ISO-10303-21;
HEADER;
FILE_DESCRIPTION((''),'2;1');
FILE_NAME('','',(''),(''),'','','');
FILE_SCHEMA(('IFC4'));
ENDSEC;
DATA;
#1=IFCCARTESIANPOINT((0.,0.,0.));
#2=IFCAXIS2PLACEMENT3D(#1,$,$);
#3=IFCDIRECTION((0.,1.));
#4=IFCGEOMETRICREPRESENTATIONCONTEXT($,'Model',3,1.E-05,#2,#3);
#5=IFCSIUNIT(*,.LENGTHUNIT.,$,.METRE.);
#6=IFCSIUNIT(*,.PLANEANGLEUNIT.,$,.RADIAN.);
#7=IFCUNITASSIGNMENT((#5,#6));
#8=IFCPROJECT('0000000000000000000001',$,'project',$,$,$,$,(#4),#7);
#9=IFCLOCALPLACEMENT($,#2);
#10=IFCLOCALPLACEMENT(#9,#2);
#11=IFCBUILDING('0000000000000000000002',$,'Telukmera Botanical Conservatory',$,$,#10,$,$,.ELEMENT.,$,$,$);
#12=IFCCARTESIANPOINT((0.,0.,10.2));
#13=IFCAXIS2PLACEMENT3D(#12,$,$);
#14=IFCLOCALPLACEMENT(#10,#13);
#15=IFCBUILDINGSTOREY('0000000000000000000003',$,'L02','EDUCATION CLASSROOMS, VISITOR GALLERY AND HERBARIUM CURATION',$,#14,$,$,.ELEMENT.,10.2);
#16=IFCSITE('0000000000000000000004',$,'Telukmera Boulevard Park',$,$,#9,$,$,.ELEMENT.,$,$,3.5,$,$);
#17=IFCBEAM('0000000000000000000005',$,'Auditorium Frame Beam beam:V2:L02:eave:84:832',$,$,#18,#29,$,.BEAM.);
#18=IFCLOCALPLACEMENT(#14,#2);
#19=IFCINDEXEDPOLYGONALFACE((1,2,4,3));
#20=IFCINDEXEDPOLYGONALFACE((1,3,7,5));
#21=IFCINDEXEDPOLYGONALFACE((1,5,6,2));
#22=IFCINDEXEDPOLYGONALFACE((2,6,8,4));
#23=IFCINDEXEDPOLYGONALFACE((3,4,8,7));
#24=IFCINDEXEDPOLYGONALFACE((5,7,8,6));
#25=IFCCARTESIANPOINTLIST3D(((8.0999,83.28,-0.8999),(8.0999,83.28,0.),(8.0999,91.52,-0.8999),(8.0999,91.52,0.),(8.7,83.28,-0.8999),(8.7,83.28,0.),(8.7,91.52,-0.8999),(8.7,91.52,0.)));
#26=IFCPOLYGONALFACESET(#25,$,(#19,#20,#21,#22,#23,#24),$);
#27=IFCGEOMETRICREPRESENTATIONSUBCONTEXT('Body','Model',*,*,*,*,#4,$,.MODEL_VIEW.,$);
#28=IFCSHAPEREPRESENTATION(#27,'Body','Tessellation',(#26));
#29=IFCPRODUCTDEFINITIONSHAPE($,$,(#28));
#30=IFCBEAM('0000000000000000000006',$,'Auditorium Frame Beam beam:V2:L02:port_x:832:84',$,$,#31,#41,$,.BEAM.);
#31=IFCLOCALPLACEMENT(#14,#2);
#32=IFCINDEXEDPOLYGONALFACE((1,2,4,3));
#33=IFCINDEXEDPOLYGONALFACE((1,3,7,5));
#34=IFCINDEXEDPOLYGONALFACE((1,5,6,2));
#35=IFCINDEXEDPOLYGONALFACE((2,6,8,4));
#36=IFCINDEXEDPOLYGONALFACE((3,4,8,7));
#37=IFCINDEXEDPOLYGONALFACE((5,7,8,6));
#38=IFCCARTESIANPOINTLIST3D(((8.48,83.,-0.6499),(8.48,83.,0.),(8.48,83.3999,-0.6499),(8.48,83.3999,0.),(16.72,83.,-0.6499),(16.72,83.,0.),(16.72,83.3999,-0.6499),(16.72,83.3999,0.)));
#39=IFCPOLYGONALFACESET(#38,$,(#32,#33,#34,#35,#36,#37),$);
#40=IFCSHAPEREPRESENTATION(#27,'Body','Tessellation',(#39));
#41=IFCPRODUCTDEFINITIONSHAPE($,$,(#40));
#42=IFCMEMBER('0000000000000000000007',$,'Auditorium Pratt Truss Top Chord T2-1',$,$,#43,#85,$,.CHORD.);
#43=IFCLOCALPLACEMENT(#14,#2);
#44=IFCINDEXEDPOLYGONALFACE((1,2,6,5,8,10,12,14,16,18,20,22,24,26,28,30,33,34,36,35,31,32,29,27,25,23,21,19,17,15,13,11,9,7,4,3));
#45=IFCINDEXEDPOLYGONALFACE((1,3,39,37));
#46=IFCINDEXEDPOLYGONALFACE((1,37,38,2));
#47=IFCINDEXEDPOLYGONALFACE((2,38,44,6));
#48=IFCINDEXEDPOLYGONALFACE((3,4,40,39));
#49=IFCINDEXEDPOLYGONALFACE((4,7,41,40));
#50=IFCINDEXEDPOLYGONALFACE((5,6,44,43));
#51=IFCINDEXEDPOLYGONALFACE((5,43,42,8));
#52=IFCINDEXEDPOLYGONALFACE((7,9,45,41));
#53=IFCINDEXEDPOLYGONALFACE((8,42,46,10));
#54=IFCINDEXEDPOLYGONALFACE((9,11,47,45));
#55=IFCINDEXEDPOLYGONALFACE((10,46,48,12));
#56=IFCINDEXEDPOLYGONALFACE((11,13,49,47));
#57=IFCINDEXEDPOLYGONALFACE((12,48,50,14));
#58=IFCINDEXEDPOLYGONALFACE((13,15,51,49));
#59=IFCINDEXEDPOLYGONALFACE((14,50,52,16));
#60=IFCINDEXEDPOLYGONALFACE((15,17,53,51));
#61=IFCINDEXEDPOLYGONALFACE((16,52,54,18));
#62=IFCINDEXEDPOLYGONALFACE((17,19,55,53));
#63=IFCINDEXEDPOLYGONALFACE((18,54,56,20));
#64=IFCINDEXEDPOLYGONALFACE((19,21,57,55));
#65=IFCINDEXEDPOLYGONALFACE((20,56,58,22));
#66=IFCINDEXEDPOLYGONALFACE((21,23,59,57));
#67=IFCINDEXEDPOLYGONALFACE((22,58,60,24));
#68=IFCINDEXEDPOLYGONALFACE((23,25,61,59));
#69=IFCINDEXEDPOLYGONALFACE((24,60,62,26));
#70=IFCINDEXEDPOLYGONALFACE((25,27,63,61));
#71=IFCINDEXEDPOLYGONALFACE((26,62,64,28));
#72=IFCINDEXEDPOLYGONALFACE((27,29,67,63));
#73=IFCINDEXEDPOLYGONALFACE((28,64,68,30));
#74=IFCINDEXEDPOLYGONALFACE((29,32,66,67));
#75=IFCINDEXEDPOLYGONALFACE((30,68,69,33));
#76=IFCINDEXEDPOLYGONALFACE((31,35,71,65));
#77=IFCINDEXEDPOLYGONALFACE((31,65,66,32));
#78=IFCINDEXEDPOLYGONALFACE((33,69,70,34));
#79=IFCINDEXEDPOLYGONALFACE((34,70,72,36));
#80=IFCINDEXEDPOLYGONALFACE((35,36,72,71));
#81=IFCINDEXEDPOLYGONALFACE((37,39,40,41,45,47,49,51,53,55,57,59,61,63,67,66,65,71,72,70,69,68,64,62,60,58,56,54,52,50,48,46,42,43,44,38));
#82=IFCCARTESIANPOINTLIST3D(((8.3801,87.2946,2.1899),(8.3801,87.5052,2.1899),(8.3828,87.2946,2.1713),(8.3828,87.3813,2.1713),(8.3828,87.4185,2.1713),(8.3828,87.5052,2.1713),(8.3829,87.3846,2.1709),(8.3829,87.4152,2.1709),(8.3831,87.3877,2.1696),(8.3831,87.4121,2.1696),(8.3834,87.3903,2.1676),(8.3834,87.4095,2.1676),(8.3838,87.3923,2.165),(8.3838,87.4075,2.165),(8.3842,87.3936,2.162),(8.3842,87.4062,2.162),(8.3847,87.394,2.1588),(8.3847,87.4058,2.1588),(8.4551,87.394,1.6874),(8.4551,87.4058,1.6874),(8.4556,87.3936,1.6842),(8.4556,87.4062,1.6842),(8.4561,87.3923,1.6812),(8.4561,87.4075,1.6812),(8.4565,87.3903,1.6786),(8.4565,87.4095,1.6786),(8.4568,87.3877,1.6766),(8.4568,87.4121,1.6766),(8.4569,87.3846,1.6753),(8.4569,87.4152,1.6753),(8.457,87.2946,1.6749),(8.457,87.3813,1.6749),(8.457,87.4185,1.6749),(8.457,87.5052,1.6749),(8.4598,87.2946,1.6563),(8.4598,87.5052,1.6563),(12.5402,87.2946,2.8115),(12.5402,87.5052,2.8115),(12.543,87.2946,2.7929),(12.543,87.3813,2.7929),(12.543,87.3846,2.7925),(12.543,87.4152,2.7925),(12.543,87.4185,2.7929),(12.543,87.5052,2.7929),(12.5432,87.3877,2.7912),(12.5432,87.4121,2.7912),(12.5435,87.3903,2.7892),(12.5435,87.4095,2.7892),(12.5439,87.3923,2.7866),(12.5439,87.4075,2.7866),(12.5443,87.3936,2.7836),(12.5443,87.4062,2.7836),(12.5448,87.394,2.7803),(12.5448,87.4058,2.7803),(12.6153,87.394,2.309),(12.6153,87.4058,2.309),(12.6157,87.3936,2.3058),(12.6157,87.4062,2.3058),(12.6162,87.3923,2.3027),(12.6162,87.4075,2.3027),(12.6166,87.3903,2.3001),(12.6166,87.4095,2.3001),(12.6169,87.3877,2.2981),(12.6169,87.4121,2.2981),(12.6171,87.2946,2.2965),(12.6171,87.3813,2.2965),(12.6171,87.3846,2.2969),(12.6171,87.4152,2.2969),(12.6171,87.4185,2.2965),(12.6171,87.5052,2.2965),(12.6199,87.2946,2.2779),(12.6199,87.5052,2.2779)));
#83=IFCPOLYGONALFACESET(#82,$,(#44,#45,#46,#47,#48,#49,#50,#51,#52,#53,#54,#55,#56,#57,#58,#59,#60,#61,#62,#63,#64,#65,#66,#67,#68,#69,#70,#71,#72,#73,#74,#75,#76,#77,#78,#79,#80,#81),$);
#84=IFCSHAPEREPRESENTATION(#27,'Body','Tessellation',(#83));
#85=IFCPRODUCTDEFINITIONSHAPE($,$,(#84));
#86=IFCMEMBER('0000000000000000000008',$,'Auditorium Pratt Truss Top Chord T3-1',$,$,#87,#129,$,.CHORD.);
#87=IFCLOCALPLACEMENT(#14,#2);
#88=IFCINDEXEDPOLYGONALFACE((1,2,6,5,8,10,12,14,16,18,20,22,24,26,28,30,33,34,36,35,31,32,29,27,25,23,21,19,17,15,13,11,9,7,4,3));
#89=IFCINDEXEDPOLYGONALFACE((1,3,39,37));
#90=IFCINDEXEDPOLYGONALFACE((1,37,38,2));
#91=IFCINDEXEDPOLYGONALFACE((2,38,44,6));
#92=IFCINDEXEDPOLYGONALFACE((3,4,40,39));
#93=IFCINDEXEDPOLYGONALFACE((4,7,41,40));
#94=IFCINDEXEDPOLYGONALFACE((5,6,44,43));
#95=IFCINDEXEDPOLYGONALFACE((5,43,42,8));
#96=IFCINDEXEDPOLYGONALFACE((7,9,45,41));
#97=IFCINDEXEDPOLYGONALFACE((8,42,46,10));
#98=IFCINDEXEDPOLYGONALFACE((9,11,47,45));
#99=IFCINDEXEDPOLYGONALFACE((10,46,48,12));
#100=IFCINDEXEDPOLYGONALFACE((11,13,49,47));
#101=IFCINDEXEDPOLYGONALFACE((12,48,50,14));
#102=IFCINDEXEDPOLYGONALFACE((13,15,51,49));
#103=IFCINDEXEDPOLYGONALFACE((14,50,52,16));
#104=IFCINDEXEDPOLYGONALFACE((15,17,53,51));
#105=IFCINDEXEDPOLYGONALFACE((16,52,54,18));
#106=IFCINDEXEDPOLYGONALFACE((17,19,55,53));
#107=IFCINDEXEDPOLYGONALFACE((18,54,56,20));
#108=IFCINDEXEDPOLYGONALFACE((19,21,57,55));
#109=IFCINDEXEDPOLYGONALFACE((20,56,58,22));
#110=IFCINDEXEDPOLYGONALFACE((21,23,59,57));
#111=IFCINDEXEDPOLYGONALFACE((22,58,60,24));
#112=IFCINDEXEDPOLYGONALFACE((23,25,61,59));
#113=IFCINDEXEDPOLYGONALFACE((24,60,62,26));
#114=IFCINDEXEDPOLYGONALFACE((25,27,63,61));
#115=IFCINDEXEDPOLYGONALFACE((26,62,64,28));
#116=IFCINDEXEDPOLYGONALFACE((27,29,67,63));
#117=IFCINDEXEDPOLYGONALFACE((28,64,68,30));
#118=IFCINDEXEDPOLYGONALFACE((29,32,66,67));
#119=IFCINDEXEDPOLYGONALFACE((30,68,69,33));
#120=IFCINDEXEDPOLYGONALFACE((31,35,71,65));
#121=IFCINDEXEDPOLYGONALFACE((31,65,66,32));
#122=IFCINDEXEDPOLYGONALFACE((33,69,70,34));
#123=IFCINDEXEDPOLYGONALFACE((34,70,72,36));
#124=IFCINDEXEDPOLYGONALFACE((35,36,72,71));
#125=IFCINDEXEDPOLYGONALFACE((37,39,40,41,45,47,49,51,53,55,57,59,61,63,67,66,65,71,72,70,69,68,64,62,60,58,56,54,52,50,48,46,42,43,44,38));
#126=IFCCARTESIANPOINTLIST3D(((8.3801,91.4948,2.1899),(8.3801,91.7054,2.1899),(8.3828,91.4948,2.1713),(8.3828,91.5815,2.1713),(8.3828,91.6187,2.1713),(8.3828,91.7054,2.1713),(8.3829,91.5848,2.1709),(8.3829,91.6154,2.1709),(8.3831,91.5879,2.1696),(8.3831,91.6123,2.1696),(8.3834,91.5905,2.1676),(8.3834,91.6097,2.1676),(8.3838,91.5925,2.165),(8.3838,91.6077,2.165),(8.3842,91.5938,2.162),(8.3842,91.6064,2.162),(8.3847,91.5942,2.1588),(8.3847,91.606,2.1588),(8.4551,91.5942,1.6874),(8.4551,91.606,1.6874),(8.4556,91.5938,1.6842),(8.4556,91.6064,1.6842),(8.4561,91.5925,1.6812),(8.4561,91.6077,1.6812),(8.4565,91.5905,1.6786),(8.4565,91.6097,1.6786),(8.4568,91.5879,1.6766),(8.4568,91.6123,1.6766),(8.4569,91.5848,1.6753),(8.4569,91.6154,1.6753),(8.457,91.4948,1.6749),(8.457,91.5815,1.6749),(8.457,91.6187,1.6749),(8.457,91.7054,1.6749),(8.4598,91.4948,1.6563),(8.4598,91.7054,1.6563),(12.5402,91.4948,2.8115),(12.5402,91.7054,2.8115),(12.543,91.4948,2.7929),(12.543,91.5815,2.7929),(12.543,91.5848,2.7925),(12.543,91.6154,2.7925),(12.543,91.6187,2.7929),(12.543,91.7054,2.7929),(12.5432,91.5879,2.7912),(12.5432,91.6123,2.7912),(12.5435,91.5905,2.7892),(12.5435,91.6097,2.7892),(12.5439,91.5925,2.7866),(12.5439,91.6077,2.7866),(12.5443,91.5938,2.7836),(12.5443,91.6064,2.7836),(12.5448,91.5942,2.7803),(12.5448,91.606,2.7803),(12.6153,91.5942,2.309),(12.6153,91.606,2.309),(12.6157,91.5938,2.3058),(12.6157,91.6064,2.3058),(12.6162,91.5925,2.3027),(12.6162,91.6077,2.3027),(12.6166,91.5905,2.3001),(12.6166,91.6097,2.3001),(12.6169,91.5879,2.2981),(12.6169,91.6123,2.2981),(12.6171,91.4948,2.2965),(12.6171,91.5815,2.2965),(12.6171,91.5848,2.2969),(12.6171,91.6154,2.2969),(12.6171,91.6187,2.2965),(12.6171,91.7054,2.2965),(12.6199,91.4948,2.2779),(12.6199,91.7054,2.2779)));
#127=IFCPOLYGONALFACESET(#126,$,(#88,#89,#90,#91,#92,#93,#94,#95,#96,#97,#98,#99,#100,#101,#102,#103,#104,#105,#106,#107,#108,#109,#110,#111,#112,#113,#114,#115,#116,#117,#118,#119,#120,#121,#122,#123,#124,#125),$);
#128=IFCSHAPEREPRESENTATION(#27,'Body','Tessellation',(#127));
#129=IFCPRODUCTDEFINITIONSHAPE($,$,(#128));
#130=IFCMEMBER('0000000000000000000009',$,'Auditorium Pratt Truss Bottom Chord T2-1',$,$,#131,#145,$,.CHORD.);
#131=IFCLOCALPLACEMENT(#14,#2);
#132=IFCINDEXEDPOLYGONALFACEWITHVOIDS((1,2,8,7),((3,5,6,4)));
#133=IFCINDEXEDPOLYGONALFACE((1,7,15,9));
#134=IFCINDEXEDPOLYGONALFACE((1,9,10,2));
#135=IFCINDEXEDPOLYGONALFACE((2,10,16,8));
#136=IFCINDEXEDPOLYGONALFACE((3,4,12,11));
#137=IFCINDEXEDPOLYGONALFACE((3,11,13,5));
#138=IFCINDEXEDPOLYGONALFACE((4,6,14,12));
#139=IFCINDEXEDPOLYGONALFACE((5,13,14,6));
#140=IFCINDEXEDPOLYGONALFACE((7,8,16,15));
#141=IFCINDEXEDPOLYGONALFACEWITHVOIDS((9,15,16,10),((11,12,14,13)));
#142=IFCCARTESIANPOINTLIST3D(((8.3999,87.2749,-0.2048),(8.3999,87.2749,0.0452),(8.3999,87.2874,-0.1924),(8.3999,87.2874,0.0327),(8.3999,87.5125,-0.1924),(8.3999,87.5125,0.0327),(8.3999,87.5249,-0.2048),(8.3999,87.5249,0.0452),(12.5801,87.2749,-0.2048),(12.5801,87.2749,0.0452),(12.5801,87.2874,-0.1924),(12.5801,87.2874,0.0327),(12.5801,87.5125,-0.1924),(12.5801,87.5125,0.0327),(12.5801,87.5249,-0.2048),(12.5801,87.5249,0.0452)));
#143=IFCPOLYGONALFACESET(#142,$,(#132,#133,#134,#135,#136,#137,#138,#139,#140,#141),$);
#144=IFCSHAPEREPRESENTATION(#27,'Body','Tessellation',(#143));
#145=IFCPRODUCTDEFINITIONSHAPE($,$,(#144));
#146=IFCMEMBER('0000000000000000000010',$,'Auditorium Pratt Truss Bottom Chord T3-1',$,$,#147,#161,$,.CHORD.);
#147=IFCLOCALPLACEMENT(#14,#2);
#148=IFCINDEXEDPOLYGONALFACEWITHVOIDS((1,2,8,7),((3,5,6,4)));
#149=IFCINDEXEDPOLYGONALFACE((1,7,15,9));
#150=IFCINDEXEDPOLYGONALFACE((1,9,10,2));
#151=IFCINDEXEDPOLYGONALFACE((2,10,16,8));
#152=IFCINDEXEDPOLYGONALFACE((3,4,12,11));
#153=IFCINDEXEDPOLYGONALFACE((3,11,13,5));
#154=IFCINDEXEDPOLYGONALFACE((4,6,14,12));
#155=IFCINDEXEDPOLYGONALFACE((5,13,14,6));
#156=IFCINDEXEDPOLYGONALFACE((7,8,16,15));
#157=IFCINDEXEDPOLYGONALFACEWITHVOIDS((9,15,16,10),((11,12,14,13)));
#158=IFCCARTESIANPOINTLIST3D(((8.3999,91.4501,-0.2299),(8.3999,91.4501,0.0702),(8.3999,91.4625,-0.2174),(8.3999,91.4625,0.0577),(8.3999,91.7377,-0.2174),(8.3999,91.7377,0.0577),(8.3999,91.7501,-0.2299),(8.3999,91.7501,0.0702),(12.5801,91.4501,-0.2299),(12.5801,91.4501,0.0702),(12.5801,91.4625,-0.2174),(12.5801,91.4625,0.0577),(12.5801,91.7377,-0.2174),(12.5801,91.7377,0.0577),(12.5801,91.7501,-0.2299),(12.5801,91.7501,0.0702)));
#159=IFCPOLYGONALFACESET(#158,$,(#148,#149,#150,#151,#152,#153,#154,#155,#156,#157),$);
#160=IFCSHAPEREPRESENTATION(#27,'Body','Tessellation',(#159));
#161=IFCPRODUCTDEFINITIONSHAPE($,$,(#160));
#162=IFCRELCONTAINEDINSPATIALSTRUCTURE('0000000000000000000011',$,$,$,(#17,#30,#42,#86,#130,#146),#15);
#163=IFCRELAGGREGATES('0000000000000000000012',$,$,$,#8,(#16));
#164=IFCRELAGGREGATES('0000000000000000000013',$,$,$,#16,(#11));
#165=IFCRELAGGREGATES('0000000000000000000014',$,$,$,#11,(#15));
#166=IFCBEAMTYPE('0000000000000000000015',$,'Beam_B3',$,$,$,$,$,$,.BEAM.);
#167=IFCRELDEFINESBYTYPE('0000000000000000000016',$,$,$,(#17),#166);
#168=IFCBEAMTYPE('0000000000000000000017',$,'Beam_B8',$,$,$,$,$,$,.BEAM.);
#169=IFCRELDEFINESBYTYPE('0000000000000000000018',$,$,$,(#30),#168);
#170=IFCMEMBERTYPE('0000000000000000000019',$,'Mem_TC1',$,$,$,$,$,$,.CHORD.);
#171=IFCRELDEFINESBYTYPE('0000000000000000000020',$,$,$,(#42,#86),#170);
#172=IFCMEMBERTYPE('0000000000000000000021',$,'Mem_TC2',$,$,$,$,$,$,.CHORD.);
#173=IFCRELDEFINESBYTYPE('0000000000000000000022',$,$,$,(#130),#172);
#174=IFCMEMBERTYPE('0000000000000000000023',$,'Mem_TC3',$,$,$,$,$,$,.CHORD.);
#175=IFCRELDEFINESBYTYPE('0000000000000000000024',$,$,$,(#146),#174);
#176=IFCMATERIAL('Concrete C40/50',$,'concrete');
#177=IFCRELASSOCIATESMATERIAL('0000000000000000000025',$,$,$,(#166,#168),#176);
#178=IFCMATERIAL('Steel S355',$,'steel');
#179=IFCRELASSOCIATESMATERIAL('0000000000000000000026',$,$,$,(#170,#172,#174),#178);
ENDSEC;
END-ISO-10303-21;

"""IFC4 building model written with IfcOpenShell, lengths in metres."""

from ifc_helpers import new_model, si_unit, direction, frame, origin, origin_2d, place, context, subcontext, project, spatial, rectangle, hollow_rectangle, i_section, extrude, material, material_profile, profile_set, type_object, element, save


model = new_model("IFC4")

# Units and contexts
model_context = context("Model", 3, precision=1e-05, world=origin(), true_north=direction((0.0, 1.0)))
body_context = subcontext(model_context, "Body", "Model", "MODEL_VIEW")
ifc_project = project(units=[si_unit("LENGTHUNIT", "METRE"), si_unit("PLANEANGLEUNIT", "RADIAN")], contexts=[model_context])

# Site, building, storey
site_placement = place(None, origin())
site = spatial("IfcSite", under=ifc_project, at=site_placement, Name="Telukmera Boulevard Park", CompositionType="ELEMENT", RefElevation=3.5)
building_placement = place(site_placement, origin())
building = spatial("IfcBuilding", under=site, at=building_placement, Name="Telukmera Botanical Conservatory", CompositionType="ELEMENT")
storey_placement = place(building_placement, frame((0.0, 0.0, 10.2)))
storey = spatial("IfcBuildingStorey", under=building, at=storey_placement, Name="L02", Description="EDUCATION CLASSROOMS, VISITOR GALLERY AND HERBARIUM CURATION", CompositionType="ELEMENT", Elevation=10.2)

# Beams
ifc_material_1 = material(Name="Concrete C40/50", Category="concrete")
ifc_material_profile_1 = material_profile(ifc_material_1, rectangle(XDim=0.6001, YDim=0.8999, at=origin_2d()), Name="RC 600x900")
ifc_profile_set_1 = profile_set([ifc_material_profile_1], Name="Concrete C40/50")
beam_type_1 = type_object("IfcBeamType", Name="Beam_B3", PredefinedType="BEAM", material=ifc_profile_set_1)
beam_1_placement = place(storey_placement, frame((8.3999, 83.28, -0.45), z_axis=(0.0, 1.0, 0.0), x_axis=(-1.0, 0.0, 0.0)))
element("IfcBeam", 1, at=beam_1_placement, inside=storey, type_object=beam_type_1, Name="Auditorium Frame Beam beam:V2:L02:eave:84:832", PredefinedType="BEAM", context=body_context, shape_type="SweptSolid", body=[
    extrude(rectangle(XDim=0.6001, YDim=0.8999, at=origin_2d()), origin(), (0.0, 0.0, 1.0), 8.24),
])
ifc_material_profile_2 = material_profile(ifc_material_1, rectangle(XDim=0.3999, YDim=0.6499, at=origin_2d()), Name="RC 400x650")
ifc_profile_set_2 = profile_set([ifc_material_profile_2], Name="Concrete C40/50")
beam_type_2 = type_object("IfcBeamType", Name="Beam_B8", PredefinedType="BEAM", material=ifc_profile_set_2)
beam_2_placement = place(storey_placement, frame((8.48, 83.2, -0.325), z_axis=(1.0, 0.0, 0.0), x_axis=(0.0, 1.0, 0.0)))
element("IfcBeam", 2, at=beam_2_placement, inside=storey, type_object=beam_type_2, Name="Auditorium Frame Beam beam:V2:L02:port_x:832:84", PredefinedType="BEAM", context=body_context, shape_type="SweptSolid", body=[
    extrude(rectangle(XDim=0.3999, YDim=0.6499, at=origin_2d()), origin(), (0.0, 0.0, 1.0), 8.24),
])

# Members
ifc_material_2 = material(Name="Steel S355", Category="steel")
ifc_material_profile_3 = material_profile(ifc_material_2, i_section(OverallWidth=0.2107, OverallDepth=0.5396, WebThickness=0.0117, FlangeThickness=0.0188, FilletRadius=0.0127, at=origin_2d()), Name="UB 533x210x109")
ifc_profile_set_3 = profile_set([ifc_material_profile_3], Name="Steel S355")
member_type_1 = type_object("IfcMemberType", Name="Mem_TC1", PredefinedType="CHORD", material=ifc_profile_set_3)
for number, where, z_axis, x_axis, name in (
    (3, (8.4199, 87.3999, 1.9231), (0.989021, 0.0, 0.147773), (0.0, 1.0, 0.0), "Auditorium Pratt Truss Top Chord T2-1"),
    (4, (8.4199, 91.6001, 1.9231), (0.989021, 0.0, 0.147773), (0.0, 1.0, 0.0), "Auditorium Pratt Truss Top Chord T3-1"),
):
    element("IfcMember", number, at=place(storey_placement, frame(where, z_axis=z_axis, x_axis=x_axis)), inside=storey, type_object=member_type_1, Name=name, PredefinedType="CHORD", context=body_context, shape_type="SweptSolid", body=[
        extrude(i_section(OverallWidth=0.2107, OverallDepth=0.5396, WebThickness=0.0117, FlangeThickness=0.0188, FilletRadius=0.0127, at=origin_2d()), origin(), (0.0, 0.0, 1.0), 4.2063),
    ])
ifc_material_profile_4 = material_profile(ifc_material_2, hollow_rectangle(XDim=0.25, YDim=0.25, WallThickness=0.0125, at=origin_2d()), Name="SHS 250x250x12.5")
ifc_profile_set_4 = profile_set([ifc_material_profile_4], Name="Steel S355")
member_type_2 = type_object("IfcMemberType", Name="Mem_TC2", PredefinedType="CHORD", material=ifc_profile_set_4)
member_1_placement = place(storey_placement, frame((8.3999, 87.3999, -0.0798), z_axis=(1.0, 0.0, 0.0), x_axis=(0.0, 1.0, 0.0)))
element("IfcMember", 5, at=member_1_placement, inside=storey, type_object=member_type_2, Name="Auditorium Pratt Truss Bottom Chord T2-1", PredefinedType="CHORD", context=body_context, shape_type="SweptSolid", body=[
    extrude(hollow_rectangle(XDim=0.25, YDim=0.25, WallThickness=0.0125, at=origin_2d()), origin(), (0.0, 0.0, 1.0), 4.1802),
])
ifc_material_profile_5 = material_profile(ifc_material_2, hollow_rectangle(XDim=0.3, YDim=0.3, WallThickness=0.0125, at=origin_2d()), Name="SHS 300x300x12.5")
ifc_profile_set_5 = profile_set([ifc_material_profile_5], Name="Steel S355")
member_type_3 = type_object("IfcMemberType", Name="Mem_TC3", PredefinedType="CHORD", material=ifc_profile_set_5)
member_2_placement = place(storey_placement, frame((8.3999, 91.6001, -0.0798), z_axis=(1.0, 0.0, 0.0), x_axis=(0.0, 1.0, 0.0)))
element("IfcMember", 6, at=member_2_placement, inside=storey, type_object=member_type_3, Name="Auditorium Pratt Truss Bottom Chord T3-1", PredefinedType="CHORD", context=body_context, shape_type="SweptSolid", body=[
    extrude(hollow_rectangle(XDim=0.3, YDim=0.3, WallThickness=0.0125, at=origin_2d()), origin(), (0.0, 0.0, 1.0), 4.1802),
])

save(model, "model.ifc")
